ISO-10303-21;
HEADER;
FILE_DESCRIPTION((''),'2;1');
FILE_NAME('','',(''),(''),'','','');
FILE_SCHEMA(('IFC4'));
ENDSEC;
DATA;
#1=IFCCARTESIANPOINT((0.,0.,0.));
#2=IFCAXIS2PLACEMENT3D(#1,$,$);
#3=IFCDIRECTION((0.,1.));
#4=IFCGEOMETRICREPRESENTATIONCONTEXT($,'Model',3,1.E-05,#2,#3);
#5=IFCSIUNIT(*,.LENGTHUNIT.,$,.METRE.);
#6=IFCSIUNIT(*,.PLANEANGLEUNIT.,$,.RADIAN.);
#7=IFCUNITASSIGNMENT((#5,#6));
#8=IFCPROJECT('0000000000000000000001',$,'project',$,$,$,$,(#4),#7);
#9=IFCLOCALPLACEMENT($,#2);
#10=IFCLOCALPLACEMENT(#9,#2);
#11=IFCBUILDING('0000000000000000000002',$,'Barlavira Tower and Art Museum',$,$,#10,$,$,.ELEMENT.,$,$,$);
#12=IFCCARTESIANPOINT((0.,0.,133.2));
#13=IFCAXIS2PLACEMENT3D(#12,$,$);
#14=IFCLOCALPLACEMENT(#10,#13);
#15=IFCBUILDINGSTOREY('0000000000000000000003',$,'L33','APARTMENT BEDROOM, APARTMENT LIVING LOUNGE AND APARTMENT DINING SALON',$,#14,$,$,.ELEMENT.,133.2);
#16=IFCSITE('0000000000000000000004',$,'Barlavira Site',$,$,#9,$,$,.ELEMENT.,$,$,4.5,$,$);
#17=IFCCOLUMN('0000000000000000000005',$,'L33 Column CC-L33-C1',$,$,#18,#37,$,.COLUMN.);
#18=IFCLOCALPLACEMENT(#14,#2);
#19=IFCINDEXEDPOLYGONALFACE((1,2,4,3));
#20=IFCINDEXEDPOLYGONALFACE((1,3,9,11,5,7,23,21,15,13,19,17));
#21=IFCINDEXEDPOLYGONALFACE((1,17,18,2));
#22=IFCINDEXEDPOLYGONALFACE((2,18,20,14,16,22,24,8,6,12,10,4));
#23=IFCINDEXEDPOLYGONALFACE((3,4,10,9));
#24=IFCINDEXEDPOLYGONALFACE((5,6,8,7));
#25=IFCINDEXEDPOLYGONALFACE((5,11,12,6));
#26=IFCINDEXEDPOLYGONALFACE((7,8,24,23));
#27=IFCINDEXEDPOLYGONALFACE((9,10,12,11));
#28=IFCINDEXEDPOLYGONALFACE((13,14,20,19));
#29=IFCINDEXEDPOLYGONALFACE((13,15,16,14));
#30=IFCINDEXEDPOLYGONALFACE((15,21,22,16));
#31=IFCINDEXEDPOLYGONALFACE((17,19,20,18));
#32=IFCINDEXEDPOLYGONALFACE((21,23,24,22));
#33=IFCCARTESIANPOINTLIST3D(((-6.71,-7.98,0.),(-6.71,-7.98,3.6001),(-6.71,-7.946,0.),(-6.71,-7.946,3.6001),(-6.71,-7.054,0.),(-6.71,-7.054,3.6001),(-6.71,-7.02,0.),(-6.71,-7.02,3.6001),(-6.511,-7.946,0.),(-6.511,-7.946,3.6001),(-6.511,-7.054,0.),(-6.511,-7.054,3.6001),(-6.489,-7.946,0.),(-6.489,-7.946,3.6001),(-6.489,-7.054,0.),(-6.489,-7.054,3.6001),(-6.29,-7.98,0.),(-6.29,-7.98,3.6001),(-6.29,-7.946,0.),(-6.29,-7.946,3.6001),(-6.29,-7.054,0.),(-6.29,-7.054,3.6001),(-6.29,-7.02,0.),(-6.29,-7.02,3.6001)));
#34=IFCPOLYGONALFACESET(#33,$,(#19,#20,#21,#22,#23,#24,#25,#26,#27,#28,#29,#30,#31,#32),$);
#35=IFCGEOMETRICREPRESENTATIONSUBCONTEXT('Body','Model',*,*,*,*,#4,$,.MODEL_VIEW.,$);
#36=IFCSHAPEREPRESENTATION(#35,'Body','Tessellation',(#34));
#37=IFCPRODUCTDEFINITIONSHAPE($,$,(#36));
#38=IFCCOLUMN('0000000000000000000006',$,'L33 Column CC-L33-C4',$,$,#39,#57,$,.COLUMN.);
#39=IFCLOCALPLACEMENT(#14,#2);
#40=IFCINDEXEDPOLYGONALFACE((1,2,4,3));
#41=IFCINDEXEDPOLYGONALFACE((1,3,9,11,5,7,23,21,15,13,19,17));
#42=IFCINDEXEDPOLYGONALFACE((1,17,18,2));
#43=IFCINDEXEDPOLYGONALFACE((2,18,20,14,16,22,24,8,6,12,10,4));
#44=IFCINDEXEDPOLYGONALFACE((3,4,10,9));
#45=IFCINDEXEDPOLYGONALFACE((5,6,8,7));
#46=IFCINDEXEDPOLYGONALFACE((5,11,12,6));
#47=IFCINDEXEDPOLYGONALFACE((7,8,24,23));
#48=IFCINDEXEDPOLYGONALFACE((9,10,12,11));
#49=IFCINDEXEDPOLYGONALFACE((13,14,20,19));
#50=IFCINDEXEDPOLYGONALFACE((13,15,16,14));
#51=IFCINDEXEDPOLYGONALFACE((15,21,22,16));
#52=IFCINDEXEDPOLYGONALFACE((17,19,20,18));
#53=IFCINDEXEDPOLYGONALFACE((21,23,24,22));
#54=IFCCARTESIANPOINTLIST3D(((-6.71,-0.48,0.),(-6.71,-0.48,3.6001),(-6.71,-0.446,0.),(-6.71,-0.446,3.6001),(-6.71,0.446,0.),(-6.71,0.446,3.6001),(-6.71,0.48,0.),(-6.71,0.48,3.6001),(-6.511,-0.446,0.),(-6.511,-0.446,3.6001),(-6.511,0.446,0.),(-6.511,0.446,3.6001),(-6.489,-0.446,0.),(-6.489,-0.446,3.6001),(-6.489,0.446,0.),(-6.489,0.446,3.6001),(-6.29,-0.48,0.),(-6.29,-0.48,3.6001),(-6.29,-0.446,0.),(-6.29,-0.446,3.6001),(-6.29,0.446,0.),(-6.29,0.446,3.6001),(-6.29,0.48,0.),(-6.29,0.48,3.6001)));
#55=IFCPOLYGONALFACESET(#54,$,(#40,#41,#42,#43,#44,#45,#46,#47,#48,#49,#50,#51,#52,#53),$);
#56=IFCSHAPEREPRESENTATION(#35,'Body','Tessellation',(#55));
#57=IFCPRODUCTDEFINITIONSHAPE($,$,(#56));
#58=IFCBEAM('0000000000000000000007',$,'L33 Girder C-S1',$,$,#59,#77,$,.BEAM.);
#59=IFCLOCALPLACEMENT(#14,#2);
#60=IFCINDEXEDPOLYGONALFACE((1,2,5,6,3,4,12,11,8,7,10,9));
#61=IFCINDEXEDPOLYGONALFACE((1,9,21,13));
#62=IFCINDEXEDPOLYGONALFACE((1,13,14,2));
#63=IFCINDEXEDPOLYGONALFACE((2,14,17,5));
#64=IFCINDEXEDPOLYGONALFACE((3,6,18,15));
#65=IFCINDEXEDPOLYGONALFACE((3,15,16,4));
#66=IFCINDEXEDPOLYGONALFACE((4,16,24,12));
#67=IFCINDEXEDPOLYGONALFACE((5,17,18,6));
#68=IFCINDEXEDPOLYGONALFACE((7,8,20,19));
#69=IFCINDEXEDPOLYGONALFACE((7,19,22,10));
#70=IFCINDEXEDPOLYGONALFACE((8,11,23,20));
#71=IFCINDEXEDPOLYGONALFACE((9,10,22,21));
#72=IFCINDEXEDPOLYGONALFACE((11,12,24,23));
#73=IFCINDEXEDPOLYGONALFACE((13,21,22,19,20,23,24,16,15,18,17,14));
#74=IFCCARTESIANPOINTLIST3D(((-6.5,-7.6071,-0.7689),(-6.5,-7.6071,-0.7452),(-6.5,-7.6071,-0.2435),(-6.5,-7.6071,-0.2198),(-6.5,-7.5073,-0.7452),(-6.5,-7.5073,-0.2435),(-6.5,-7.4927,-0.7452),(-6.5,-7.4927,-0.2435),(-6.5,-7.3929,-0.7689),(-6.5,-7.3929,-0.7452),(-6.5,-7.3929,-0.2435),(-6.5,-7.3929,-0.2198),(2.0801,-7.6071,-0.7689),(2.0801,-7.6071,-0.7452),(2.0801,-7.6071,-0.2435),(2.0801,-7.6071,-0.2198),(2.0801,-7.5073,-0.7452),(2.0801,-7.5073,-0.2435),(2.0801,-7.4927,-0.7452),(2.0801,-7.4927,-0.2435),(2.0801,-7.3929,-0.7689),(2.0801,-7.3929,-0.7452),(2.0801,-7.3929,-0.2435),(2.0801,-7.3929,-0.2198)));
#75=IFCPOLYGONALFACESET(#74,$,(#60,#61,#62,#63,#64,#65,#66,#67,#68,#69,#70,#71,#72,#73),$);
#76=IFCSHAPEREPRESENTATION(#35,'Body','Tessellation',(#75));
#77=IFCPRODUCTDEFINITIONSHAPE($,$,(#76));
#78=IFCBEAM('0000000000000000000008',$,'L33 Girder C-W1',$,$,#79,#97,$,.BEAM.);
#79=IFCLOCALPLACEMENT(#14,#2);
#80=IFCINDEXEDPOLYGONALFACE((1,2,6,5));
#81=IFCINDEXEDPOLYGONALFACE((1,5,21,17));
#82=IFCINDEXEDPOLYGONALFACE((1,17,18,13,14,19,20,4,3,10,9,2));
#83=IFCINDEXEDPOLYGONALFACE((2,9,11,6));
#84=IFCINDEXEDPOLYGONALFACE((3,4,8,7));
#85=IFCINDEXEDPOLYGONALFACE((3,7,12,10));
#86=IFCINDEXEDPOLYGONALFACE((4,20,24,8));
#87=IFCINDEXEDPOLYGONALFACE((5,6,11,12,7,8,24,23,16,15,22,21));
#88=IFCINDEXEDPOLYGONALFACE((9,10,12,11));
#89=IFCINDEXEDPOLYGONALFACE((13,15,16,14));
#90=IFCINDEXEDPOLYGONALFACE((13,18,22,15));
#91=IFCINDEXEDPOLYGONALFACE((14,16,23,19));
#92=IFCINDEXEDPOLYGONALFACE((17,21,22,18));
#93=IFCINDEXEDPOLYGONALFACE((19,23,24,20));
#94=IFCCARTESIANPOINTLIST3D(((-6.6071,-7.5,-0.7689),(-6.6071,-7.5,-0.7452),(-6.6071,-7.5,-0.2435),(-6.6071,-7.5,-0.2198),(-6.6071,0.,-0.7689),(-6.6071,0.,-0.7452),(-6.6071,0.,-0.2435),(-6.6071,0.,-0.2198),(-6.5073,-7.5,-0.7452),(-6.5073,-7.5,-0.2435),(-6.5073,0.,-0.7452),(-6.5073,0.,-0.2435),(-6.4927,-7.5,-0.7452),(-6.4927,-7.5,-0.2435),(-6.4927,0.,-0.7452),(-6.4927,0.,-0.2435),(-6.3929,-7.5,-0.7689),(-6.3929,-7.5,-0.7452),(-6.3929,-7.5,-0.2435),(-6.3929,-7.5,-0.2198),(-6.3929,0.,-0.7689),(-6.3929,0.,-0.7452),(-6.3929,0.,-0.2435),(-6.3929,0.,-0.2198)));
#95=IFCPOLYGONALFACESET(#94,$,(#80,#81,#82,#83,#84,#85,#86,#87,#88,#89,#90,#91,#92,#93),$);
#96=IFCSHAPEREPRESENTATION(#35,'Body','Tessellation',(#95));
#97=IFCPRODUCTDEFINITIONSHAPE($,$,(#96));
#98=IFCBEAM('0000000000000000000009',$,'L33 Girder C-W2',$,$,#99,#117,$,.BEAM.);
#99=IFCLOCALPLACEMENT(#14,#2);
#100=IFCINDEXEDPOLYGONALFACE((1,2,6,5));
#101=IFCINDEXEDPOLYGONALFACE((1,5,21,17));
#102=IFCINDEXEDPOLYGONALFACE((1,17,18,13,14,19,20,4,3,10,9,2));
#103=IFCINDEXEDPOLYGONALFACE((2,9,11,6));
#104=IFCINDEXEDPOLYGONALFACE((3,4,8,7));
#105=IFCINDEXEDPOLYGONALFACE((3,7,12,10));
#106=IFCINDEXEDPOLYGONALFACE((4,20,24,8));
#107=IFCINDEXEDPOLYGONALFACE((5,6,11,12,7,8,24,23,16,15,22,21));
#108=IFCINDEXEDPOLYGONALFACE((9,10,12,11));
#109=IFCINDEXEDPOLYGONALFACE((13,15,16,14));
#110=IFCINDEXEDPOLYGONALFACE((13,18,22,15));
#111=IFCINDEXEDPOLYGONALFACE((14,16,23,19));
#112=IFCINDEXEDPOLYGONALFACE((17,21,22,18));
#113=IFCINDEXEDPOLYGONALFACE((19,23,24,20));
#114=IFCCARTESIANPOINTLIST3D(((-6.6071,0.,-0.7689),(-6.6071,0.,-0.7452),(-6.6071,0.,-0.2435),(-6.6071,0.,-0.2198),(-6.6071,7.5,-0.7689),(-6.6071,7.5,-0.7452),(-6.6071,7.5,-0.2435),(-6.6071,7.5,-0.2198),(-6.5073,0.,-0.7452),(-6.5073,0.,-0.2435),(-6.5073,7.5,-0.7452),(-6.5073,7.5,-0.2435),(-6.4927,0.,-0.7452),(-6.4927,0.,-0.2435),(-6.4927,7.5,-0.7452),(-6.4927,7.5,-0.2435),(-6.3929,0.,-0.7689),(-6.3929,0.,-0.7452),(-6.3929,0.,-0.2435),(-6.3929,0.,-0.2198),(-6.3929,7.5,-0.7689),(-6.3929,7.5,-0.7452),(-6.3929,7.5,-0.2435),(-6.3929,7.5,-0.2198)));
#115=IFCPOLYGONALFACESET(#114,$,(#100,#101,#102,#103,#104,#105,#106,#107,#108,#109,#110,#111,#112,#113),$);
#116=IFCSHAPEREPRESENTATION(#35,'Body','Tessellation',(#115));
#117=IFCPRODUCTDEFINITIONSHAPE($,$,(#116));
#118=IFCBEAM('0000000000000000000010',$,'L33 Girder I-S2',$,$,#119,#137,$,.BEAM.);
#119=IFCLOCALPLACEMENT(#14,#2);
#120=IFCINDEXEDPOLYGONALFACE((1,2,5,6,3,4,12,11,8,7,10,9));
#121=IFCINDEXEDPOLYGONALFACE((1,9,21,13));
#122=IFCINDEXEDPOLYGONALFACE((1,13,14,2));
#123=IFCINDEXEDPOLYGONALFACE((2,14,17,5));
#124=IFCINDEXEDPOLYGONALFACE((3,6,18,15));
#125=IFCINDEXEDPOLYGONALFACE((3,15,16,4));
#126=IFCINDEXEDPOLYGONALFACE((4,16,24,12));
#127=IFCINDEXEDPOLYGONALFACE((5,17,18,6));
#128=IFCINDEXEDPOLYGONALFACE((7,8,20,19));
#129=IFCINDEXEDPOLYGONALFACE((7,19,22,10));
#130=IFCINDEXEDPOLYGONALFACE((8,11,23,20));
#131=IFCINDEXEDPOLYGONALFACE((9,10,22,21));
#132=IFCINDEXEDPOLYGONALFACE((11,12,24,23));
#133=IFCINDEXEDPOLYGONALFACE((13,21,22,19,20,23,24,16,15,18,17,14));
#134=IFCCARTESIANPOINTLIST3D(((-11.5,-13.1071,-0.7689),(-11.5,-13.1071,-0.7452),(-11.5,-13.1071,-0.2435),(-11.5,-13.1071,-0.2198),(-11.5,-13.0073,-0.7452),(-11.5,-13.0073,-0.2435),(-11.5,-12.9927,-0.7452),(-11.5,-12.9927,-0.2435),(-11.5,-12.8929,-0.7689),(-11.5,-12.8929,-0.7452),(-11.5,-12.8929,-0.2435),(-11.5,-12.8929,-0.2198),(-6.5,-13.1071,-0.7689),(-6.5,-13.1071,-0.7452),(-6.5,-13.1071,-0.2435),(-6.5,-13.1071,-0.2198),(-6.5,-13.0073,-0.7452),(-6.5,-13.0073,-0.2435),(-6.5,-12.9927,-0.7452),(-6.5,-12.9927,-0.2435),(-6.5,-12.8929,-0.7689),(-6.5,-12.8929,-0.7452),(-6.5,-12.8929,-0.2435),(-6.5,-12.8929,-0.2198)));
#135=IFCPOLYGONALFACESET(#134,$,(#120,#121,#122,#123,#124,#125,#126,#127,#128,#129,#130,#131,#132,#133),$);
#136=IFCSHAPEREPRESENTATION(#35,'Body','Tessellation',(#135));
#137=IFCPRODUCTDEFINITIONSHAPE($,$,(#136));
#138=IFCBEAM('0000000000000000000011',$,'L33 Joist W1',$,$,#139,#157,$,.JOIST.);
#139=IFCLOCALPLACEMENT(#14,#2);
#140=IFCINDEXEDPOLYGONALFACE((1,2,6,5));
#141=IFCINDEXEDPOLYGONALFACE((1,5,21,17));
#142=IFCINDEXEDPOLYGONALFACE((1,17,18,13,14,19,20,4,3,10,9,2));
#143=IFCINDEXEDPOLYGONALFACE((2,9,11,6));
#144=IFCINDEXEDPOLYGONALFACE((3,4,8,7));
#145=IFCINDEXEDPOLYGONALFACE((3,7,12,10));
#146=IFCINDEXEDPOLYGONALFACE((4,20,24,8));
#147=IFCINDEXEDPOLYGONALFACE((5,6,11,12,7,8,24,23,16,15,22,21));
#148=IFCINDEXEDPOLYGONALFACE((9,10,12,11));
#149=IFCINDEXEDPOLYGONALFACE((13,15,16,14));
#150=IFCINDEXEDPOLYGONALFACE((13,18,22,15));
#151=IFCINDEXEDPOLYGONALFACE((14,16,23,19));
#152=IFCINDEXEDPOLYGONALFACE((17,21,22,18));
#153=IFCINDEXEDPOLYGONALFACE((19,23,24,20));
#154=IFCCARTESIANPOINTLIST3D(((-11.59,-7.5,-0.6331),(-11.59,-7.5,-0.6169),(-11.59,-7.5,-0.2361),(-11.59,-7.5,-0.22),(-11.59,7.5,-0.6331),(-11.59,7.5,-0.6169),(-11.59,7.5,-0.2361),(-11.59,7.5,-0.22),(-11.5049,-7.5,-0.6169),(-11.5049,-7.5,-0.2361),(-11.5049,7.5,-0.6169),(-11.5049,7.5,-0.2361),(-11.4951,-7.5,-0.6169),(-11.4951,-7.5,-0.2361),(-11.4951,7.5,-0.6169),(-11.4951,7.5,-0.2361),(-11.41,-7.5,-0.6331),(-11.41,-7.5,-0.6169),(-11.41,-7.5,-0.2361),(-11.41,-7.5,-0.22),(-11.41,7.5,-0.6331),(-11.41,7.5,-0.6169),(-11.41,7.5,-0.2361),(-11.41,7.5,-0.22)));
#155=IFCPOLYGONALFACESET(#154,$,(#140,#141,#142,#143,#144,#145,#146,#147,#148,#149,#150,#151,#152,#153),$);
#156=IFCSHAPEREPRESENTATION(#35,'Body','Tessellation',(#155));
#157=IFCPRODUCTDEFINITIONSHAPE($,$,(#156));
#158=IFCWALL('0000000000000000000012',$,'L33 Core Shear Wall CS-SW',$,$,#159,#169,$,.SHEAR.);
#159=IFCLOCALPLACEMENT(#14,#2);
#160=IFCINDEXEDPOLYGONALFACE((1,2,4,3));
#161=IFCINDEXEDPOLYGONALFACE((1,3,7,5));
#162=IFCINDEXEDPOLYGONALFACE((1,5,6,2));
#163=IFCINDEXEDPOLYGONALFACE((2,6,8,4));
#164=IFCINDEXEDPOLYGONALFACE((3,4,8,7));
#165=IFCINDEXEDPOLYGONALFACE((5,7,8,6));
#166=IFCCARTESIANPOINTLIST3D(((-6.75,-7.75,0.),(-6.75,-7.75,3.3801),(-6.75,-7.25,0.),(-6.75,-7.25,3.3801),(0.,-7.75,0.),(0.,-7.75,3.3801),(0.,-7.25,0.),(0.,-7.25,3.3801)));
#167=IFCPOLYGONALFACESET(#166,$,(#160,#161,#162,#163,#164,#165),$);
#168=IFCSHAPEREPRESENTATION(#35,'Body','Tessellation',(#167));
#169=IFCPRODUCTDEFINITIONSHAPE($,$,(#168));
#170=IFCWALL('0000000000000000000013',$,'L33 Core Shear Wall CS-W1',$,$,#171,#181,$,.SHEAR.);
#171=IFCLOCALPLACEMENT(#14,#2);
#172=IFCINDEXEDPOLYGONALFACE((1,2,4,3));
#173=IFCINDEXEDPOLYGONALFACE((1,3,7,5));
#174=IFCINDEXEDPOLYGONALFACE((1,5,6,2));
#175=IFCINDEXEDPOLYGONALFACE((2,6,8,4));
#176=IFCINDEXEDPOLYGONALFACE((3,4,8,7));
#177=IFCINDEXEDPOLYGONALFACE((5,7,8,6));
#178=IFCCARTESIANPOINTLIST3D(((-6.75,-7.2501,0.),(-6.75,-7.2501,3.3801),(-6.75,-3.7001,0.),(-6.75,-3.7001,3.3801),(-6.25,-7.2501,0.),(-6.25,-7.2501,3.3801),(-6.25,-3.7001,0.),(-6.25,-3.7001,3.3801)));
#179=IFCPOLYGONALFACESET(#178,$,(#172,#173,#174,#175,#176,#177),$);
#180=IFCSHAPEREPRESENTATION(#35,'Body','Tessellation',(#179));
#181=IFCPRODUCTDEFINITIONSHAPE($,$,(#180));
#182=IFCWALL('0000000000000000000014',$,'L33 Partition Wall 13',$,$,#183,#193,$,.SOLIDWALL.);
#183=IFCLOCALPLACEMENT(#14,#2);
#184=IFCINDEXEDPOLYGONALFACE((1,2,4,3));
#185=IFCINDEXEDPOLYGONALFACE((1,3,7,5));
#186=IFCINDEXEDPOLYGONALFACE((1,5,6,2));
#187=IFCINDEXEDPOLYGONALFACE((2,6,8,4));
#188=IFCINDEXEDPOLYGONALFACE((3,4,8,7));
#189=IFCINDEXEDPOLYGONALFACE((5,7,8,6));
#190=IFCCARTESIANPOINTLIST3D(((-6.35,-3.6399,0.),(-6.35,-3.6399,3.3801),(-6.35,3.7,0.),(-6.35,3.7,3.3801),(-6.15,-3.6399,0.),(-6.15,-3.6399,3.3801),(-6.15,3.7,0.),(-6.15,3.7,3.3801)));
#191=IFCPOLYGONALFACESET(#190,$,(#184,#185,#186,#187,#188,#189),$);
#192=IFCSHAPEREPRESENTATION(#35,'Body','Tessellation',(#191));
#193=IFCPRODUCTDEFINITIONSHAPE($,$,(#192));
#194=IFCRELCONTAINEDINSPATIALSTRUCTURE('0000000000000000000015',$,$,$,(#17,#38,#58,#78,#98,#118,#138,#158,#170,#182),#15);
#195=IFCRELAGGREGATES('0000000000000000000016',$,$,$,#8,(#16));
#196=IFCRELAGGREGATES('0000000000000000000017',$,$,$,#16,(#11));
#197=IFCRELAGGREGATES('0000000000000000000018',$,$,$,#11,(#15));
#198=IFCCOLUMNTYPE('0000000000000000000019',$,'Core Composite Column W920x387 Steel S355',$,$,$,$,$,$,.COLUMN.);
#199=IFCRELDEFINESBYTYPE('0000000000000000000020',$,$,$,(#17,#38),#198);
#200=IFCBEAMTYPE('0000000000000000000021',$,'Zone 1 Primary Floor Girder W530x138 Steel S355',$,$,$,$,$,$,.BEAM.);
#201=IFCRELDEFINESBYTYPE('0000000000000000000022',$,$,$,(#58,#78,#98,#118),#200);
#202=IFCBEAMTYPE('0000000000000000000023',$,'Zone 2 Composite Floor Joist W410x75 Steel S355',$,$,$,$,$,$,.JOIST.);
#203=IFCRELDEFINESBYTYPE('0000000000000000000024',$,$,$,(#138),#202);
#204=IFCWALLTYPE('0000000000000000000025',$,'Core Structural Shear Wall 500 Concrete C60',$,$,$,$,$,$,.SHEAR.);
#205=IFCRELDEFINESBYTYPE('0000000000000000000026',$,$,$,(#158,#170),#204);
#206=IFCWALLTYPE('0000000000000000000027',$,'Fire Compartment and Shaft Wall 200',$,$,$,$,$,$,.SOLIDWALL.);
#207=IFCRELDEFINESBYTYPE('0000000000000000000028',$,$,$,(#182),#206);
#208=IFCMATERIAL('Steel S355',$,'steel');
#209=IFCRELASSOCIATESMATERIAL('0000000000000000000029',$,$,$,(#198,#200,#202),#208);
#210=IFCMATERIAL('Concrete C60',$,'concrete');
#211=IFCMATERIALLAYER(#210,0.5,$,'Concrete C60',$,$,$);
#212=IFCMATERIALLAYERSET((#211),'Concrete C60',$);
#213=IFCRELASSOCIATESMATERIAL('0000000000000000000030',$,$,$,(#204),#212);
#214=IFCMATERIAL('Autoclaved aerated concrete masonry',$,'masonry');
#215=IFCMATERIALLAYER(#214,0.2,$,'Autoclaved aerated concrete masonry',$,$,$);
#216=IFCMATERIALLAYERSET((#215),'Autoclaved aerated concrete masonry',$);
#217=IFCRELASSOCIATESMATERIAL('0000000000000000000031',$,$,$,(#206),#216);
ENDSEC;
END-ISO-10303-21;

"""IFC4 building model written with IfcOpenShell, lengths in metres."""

from ifc_helpers import new_model, si_unit, direction, frame, frame_2d, origin, origin_2d, place, context, subcontext, project, spatial, rectangle, i_section, extrude, material, layer, layer_set, material_profile, profile_set, type_object, element, save


model = new_model("IFC4")

# Units and contexts
model_context = context("Model", 3, precision=1e-05, world=origin(), true_north=direction((0.0, 1.0)))
body_context = subcontext(model_context, "Body", "Model", "MODEL_VIEW")
ifc_project = project(units=[si_unit("LENGTHUNIT", "METRE"), si_unit("PLANEANGLEUNIT", "RADIAN")], contexts=[model_context])

# Site, building, storey
site_placement = place(None, origin())
site = spatial("IfcSite", under=ifc_project, at=site_placement, Name="Barlavira Site", CompositionType="ELEMENT", RefElevation=4.5)
building_placement = place(site_placement, origin())
building = spatial("IfcBuilding", under=site, at=building_placement, Name="Barlavira Tower and Art Museum", CompositionType="ELEMENT")
storey_placement = place(building_placement, frame((0.0, 0.0, 133.2)))
storey = spatial("IfcBuildingStorey", under=building, at=storey_placement, Name="L33", Description="APARTMENT BEDROOM, APARTMENT LIVING LOUNGE AND APARTMENT DINING SALON", CompositionType="ELEMENT", Elevation=133.2)

# Columns
ifc_material_1 = material(Name="Steel S355", Category="steel")
ifc_material_profile_1 = material_profile(ifc_material_1, i_section(OverallWidth=0.4199, OverallDepth=0.96, WebThickness=0.022, FlangeThickness=0.0339, at=origin_2d()), Name="W920x387.0")
ifc_profile_set_1 = profile_set([ifc_material_profile_1], Name="Steel S355")
column_type = type_object("IfcColumnType", Name="Core Composite Column W920x387 Steel S355", PredefinedType="COLUMN", material=ifc_profile_set_1)
for number, where, z_axis, x_axis, name in (
    (1, (-6.5, -7.5, 0.0), (0.0, 0.0, 1.0), (1.0, 0.0, 0.0), "L33 Column CC-L33-C1"),
    (2, (-6.5, 0.0, 0.0), (0.0, 0.0, 1.0), (1.0, 0.0, 0.0), "L33 Column CC-L33-C4"),
):
    element("IfcColumn", number, at=place(storey_placement, frame(where, z_axis=z_axis, x_axis=x_axis)), inside=storey, type_object=column_type, Name=name, PredefinedType="COLUMN", context=body_context, shape_type="SweptSolid", body=[
        extrude(i_section(OverallWidth=0.4199, OverallDepth=0.96, WebThickness=0.022, FlangeThickness=0.0339, at=origin_2d()), origin(), (0.0, 0.0, 1.0), 3.6001),
    ])

# Beams
ifc_material_profile_2 = material_profile(ifc_material_1, i_section(OverallWidth=0.2141, OverallDepth=0.5491, WebThickness=0.0146, FlangeThickness=0.0237, at=origin_2d()), Name="W530x138.0")
ifc_profile_set_2 = profile_set([ifc_material_profile_2], Name="Steel S355")
beam_type_1 = type_object("IfcBeamType", Name="Zone 1 Primary Floor Girder W530x138 Steel S355", PredefinedType="BEAM", material=ifc_profile_set_2)
beam_1_placement = place(storey_placement, frame((-6.5, -7.5, -0.4944), z_axis=(1.0, 0.0, 0.0), x_axis=(0.0, 1.0, 0.0)))
element("IfcBeam", 3, at=beam_1_placement, inside=storey, type_object=beam_type_1, Name="L33 Girder C-S1", PredefinedType="BEAM", context=body_context, shape_type="SweptSolid", body=[
    extrude(i_section(OverallWidth=0.2141, OverallDepth=0.5491, WebThickness=0.0146, FlangeThickness=0.0237, at=origin_2d()), origin(), (0.0, 0.0, 1.0), 8.5801),
])
for number, where, z_axis, x_axis, name in (
    (4, (-6.5, -7.5, -0.4944), (0.0, 1.0, 0.0), (-1.0, 0.0, 0.0), "L33 Girder C-W1"),
    (5, (-6.5, 0.0, -0.4944), (0.0, 1.0, 0.0), (-1.0, 0.0, 0.0), "L33 Girder C-W2"),
):
    element("IfcBeam", number, at=place(storey_placement, frame(where, z_axis=z_axis, x_axis=x_axis)), inside=storey, type_object=beam_type_1, Name=name, PredefinedType="BEAM", context=body_context, shape_type="SweptSolid", body=[
        extrude(i_section(OverallWidth=0.2141, OverallDepth=0.5491, WebThickness=0.0146, FlangeThickness=0.0237, at=origin_2d()), origin(), (0.0, 0.0, 1.0), 7.5),
    ])
beam_2_placement = place(storey_placement, frame((-11.5, -13.0, -0.4944), z_axis=(1.0, 0.0, 0.0), x_axis=(0.0, 1.0, 0.0)))
element("IfcBeam", 6, at=beam_2_placement, inside=storey, type_object=beam_type_1, Name="L33 Girder I-S2", PredefinedType="BEAM", context=body_context, shape_type="SweptSolid", body=[
    extrude(i_section(OverallWidth=0.2141, OverallDepth=0.5491, WebThickness=0.0146, FlangeThickness=0.0237, at=origin_2d()), origin(), (0.0, 0.0, 1.0), 5.0),
])
ifc_material_profile_3 = material_profile(ifc_material_1, i_section(OverallWidth=0.1799, OverallDepth=0.4131, WebThickness=0.0098, FlangeThickness=0.0161, at=origin_2d()), Name="W410x75.0")
ifc_profile_set_3 = profile_set([ifc_material_profile_3], Name="Steel S355")
beam_type_2 = type_object("IfcBeamType", Name="Zone 2 Composite Floor Joist W410x75 Steel S355", PredefinedType="JOIST", material=ifc_profile_set_3)
beam_3_placement = place(storey_placement, frame((-11.5, -7.5, -0.4265), z_axis=(0.0, 1.0, 0.0), x_axis=(-1.0, 0.0, 0.0)))
element("IfcBeam", 7, at=beam_3_placement, inside=storey, type_object=beam_type_2, Name="L33 Joist W1", PredefinedType="JOIST", context=body_context, shape_type="SweptSolid", body=[
    extrude(i_section(OverallWidth=0.1799, OverallDepth=0.4131, WebThickness=0.0098, FlangeThickness=0.0161, at=origin_2d()), origin(), (0.0, 0.0, 1.0), 15.0),
])

# Walls
ifc_material_2 = material(Name="Concrete C60", Category="concrete")
ifc_layer_1 = layer(ifc_material_2, 0.5, Name="Concrete C60")
ifc_layer_set_1 = layer_set([ifc_layer_1], Name="Concrete C60")
wall_type_1 = type_object("IfcWallType", Name="Core Structural Shear Wall 500 Concrete C60", PredefinedType="SHEAR", material=ifc_layer_set_1)
wall_1_placement = place(storey_placement, frame((-6.75, -7.5, 0.0), z_axis=(0.0, 0.0, 1.0), x_axis=(1.0, 0.0, 0.0)))
element("IfcWall", 8, at=wall_1_placement, inside=storey, type_object=wall_type_1, Name="L33 Core Shear Wall CS-SW", PredefinedType="SHEAR", context=body_context, shape_type="SweptSolid", body=[
    extrude(rectangle(XDim=6.75, YDim=0.5, at=frame_2d((3.375, 0.0))), origin(), (0.0, 0.0, 1.0), 3.3801),
])
wall_2_placement = place(storey_placement, frame((-6.5, -7.25, 0.0), z_axis=(0.0, 0.0, 1.0), x_axis=(0.0, 1.0, 0.0)))
element("IfcWall", 9, at=wall_2_placement, inside=storey, type_object=wall_type_1, Name="L33 Core Shear Wall CS-W1", PredefinedType="SHEAR", context=body_context, shape_type="SweptSolid", body=[
    extrude(rectangle(XDim=3.55, YDim=0.5, at=frame_2d((1.7749, 0.0))), origin(), (0.0, 0.0, 1.0), 3.3801),
])
ifc_material_3 = material(Name="Autoclaved aerated concrete masonry", Category="masonry")
ifc_layer_2 = layer(ifc_material_3, 0.2, Name="Autoclaved aerated concrete masonry")
ifc_layer_set_2 = layer_set([ifc_layer_2], Name="Autoclaved aerated concrete masonry")
wall_type_2 = type_object("IfcWallType", Name="Fire Compartment and Shaft Wall 200", PredefinedType="SOLIDWALL", material=ifc_layer_set_2)
wall_3_placement = place(storey_placement, frame((-6.25, -3.6399, 0.0), z_axis=(0.0, 0.0, 1.0), x_axis=(0.0, 1.0, 0.0)))
element("IfcWall", 10, at=wall_3_placement, inside=storey, type_object=wall_type_2, Name="L33 Partition Wall 13", PredefinedType="SOLIDWALL", context=body_context, shape_type="SweptSolid", body=[
    extrude(rectangle(XDim=7.3398, YDim=0.2, at=frame_2d((3.6699, 0.0))), origin(), (0.0, 0.0, 1.0), 3.3801),
])

save(model, "model.ifc")
